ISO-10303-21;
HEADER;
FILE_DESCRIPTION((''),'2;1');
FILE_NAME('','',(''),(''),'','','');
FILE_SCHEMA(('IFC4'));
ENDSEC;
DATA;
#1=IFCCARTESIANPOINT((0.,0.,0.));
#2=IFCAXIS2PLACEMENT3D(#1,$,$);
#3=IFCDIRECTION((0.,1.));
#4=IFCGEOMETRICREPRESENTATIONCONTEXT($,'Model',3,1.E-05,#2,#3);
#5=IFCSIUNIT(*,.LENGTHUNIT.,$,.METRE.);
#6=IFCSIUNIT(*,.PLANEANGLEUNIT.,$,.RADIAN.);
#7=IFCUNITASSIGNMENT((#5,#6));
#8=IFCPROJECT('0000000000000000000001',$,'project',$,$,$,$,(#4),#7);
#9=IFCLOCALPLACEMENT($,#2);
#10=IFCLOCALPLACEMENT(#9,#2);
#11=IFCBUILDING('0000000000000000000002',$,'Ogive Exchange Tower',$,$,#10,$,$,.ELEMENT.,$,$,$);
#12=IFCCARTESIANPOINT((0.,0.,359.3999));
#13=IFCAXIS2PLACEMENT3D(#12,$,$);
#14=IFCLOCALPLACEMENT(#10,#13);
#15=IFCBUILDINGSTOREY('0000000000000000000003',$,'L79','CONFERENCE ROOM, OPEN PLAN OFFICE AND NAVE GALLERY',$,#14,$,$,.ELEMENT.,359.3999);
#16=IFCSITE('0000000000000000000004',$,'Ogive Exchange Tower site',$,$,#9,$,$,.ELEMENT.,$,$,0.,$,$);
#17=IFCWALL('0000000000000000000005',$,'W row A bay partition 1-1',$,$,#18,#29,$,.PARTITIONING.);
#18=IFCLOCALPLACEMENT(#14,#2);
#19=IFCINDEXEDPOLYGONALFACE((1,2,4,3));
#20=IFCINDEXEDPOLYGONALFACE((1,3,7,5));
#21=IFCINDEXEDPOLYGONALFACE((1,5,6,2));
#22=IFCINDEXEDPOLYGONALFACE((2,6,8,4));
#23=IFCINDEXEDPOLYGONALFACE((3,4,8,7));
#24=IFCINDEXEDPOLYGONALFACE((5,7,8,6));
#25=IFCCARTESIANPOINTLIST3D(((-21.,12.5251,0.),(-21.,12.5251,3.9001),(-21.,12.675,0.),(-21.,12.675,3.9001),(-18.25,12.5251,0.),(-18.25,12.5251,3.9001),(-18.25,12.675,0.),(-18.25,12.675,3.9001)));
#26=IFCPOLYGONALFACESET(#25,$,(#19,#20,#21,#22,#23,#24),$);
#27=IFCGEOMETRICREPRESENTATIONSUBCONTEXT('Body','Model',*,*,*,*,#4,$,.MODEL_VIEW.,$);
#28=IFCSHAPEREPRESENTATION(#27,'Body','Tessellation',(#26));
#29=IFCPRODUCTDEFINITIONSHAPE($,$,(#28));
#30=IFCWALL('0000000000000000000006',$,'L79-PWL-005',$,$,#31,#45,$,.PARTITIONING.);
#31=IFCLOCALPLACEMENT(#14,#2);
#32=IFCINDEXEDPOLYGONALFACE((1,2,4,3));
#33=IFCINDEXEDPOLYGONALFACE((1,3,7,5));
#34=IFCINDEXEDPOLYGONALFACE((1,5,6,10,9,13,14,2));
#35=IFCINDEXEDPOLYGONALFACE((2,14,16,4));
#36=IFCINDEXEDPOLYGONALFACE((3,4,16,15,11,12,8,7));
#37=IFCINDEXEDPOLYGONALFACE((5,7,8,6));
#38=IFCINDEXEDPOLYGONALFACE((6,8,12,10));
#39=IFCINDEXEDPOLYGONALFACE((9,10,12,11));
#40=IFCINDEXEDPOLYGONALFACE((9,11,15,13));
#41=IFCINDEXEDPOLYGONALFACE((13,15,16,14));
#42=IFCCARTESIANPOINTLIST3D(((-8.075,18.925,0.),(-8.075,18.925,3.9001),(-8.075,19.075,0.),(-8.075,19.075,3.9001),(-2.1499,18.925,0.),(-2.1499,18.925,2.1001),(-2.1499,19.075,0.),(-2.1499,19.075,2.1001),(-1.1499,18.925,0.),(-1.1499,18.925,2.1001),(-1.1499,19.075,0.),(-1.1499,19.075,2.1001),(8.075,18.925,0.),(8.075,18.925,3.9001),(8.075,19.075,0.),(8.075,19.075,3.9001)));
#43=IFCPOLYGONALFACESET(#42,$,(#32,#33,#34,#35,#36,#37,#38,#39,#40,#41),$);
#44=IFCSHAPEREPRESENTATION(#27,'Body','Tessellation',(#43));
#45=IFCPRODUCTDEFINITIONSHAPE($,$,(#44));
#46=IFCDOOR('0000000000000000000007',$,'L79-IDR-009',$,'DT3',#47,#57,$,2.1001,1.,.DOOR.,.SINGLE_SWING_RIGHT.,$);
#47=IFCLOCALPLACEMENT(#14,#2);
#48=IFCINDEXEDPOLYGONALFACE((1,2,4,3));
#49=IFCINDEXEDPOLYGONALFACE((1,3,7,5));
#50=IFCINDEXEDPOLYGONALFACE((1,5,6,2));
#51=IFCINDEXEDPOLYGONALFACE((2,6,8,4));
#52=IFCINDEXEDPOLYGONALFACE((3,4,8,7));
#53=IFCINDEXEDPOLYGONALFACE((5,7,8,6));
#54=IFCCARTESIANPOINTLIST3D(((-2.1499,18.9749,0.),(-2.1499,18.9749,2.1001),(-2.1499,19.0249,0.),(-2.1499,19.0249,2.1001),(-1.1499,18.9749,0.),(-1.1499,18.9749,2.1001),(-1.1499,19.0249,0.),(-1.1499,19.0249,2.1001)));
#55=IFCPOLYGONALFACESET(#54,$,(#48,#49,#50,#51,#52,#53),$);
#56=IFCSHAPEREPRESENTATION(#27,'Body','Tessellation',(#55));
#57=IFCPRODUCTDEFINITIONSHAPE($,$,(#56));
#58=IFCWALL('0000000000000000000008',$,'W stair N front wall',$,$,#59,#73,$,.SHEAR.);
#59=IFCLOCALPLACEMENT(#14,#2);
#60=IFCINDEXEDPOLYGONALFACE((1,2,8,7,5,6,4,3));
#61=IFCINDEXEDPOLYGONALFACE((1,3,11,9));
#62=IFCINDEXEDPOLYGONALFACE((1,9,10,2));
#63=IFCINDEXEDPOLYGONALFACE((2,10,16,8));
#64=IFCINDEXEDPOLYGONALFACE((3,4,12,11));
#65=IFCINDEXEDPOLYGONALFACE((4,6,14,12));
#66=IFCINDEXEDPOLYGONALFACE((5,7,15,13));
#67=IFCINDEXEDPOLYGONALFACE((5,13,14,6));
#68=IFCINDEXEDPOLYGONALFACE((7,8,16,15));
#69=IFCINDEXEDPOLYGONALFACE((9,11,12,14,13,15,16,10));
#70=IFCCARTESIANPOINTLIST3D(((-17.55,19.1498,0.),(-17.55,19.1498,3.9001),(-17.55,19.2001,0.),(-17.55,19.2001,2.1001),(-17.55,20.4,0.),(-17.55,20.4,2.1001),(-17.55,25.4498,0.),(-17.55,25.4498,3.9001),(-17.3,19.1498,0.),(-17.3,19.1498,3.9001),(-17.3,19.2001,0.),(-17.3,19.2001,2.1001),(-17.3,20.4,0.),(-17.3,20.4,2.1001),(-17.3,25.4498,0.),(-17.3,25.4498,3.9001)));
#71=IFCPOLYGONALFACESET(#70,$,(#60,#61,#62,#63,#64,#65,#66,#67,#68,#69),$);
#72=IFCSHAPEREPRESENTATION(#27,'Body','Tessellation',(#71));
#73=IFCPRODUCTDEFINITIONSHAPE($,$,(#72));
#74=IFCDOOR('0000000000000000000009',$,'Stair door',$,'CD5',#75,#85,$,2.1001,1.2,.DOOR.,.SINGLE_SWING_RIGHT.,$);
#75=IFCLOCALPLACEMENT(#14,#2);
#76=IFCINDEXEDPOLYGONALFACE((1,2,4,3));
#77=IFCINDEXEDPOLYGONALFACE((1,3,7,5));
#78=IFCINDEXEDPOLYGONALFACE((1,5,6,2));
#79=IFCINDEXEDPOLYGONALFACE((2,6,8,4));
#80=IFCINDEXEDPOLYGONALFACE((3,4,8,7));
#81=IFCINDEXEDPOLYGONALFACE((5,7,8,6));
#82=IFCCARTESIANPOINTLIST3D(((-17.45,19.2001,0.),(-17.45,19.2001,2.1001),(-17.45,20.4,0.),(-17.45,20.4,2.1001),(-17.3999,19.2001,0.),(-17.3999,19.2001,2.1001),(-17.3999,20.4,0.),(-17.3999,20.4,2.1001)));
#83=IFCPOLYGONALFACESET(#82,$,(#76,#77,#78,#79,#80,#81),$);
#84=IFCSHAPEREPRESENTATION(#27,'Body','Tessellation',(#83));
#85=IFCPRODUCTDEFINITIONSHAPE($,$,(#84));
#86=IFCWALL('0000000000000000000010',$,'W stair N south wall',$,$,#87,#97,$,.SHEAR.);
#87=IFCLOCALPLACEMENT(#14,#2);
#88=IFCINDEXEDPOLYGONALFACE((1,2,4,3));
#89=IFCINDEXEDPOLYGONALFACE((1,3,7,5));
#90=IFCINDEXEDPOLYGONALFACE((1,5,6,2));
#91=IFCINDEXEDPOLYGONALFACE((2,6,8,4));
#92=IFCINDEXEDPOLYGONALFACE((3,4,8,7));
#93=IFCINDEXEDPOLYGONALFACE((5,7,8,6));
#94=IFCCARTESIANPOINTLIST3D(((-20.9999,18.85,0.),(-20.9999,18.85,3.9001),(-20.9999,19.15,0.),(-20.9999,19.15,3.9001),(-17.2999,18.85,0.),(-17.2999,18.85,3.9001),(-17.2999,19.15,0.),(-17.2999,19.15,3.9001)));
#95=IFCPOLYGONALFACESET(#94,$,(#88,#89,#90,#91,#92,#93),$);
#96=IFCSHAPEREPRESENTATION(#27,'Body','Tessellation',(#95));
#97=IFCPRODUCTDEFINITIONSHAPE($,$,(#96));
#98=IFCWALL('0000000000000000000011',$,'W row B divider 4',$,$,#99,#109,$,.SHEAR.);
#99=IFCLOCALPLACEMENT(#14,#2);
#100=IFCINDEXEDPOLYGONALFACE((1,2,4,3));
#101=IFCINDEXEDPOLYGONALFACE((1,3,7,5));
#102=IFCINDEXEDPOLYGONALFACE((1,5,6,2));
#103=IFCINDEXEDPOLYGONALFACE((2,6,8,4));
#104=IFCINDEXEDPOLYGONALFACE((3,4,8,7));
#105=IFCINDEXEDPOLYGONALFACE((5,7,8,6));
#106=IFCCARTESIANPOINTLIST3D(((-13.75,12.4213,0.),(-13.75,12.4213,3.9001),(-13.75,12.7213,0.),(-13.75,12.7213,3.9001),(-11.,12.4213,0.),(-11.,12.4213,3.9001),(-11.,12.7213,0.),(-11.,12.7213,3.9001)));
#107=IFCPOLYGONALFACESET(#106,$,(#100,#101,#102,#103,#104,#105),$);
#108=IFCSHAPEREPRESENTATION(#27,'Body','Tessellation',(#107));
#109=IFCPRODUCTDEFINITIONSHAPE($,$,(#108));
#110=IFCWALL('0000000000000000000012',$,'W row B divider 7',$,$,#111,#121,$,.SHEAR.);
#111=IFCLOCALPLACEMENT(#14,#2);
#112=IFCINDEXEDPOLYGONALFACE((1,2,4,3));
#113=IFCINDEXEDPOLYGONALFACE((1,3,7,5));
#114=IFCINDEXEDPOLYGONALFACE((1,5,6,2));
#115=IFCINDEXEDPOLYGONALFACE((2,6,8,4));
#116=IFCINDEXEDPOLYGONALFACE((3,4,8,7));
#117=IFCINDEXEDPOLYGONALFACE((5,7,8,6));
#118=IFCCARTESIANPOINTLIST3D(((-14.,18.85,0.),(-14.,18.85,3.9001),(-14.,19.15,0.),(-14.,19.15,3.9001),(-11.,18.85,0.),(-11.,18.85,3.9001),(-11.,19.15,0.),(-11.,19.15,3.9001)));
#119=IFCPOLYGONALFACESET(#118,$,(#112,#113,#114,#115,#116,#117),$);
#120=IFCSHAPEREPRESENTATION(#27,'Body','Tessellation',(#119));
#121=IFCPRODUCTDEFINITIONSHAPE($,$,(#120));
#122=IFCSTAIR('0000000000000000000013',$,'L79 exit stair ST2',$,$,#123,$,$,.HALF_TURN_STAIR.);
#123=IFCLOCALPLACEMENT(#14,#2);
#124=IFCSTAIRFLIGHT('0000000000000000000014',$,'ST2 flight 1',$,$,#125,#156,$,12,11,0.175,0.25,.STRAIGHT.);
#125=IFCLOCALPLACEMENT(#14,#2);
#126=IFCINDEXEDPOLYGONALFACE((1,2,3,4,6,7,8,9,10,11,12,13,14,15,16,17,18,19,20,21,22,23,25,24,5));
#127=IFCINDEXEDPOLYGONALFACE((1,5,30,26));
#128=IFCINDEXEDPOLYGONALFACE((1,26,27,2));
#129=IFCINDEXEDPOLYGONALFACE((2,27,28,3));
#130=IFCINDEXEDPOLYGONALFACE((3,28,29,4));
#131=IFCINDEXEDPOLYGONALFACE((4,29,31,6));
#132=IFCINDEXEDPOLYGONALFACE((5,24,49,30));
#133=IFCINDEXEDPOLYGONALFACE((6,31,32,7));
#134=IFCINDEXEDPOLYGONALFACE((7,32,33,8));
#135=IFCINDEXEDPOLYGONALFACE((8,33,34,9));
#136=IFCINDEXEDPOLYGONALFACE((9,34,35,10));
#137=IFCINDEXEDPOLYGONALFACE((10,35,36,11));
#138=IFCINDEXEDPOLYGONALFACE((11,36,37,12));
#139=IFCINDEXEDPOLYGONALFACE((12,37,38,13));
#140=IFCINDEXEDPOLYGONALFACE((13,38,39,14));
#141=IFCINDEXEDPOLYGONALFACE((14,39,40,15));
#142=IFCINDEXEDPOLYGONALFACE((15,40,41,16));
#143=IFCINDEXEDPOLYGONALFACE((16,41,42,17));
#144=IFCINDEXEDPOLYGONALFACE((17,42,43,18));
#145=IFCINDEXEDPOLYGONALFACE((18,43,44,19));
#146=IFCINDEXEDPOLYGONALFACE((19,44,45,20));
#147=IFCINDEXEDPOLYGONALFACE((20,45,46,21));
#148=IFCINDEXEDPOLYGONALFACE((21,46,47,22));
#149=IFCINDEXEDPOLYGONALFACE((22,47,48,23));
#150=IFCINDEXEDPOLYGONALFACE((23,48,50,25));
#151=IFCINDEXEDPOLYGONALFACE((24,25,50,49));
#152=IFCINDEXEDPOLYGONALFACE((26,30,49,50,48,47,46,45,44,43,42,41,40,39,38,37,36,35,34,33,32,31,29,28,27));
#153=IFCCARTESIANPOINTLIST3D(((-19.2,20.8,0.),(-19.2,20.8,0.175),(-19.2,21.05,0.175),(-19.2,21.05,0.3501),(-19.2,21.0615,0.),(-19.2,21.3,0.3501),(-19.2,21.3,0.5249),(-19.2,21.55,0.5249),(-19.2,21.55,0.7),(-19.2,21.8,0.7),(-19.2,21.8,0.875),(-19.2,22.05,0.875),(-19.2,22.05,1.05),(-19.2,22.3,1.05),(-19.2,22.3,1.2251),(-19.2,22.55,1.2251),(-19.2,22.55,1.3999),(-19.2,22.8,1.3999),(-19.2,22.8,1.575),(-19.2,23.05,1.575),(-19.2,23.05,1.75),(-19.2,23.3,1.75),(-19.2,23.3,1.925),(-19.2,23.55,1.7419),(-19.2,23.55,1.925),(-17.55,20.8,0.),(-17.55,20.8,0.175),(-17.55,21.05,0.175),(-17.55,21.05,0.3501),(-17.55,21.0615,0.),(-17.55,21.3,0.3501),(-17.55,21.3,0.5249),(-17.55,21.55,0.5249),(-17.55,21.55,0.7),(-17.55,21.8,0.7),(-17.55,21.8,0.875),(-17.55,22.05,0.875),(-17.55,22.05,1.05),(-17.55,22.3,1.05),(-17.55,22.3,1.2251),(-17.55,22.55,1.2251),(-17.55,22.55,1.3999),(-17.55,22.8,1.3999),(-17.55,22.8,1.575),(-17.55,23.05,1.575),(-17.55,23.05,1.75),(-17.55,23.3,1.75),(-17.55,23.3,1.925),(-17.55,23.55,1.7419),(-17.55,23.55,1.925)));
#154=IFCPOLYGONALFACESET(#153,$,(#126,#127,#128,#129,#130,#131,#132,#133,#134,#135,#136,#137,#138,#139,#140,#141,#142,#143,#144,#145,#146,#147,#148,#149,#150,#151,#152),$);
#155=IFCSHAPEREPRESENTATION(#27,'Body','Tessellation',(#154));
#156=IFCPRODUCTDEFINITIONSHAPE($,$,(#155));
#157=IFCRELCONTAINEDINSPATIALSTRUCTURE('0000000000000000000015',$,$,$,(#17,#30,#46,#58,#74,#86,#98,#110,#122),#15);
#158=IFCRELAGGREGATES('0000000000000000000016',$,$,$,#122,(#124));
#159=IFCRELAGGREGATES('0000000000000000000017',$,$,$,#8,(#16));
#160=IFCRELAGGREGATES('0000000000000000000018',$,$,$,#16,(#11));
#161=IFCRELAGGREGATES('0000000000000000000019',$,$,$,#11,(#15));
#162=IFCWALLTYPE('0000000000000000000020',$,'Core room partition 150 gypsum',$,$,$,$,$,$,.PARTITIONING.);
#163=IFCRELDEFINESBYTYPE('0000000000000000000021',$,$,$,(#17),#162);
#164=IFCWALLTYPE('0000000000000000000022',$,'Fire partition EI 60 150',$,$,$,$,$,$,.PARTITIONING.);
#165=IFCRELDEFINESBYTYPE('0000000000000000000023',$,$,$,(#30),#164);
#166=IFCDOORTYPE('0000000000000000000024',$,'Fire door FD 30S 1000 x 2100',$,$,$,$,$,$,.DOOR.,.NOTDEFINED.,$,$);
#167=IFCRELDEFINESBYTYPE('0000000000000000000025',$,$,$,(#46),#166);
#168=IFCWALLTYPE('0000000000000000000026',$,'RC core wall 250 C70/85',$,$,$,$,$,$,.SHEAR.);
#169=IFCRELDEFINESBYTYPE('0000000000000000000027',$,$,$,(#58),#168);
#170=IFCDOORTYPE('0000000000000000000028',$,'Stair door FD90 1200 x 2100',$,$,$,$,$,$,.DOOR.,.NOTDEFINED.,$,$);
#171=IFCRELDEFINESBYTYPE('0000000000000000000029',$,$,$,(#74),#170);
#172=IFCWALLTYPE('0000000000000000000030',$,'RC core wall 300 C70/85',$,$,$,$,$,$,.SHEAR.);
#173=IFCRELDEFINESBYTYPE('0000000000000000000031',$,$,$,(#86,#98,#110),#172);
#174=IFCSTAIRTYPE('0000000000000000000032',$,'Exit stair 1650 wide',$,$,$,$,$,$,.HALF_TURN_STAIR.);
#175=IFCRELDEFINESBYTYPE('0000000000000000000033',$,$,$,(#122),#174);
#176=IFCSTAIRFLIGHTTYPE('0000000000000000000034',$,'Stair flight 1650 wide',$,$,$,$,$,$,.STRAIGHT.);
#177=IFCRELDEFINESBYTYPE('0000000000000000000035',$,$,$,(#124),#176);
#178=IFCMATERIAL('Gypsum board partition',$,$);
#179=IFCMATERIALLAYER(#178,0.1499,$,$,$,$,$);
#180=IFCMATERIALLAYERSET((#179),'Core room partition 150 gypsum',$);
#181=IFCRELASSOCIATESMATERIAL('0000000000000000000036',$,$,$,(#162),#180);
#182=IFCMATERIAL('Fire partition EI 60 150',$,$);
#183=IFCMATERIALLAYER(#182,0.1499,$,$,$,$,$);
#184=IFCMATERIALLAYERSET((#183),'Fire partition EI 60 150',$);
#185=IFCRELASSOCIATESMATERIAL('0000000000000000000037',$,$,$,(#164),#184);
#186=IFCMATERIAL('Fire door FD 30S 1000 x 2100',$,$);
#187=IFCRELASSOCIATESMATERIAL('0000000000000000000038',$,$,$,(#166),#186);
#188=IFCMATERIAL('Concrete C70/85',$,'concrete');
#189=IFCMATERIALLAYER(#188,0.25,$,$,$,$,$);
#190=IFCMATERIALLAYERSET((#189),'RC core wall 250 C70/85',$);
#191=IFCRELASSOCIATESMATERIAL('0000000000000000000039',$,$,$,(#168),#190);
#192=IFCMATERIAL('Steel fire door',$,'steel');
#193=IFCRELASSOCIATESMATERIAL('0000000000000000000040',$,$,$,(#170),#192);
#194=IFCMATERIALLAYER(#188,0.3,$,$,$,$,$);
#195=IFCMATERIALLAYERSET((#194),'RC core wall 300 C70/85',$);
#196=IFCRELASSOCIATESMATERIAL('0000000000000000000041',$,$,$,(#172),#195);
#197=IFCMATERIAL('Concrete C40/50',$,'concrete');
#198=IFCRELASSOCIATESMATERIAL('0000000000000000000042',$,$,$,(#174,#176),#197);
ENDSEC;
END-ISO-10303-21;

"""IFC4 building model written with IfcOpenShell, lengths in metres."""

from ifc_helpers import new_model, si_unit, direction, frame, frame_2d, origin, place, context, subcontext, project, spatial, polyline, rectangle, outline, extrude, material, layer, layer_set, type_object, element, fill, aggregate, save


model = new_model("IFC4")

# Units and contexts
model_context = context("Model", 3, precision=1e-05, world=origin(), true_north=direction((0.0, 1.0)))
body_context = subcontext(model_context, "Body", "Model", "MODEL_VIEW")
ifc_project = project(units=[si_unit("LENGTHUNIT", "METRE"), si_unit("PLANEANGLEUNIT", "RADIAN")], contexts=[model_context])

# Site, building, storey
site_placement = place(None, origin())
site = spatial("IfcSite", under=ifc_project, at=site_placement, Name="Ogive Exchange Tower site", CompositionType="ELEMENT", RefElevation=0.0)
building_placement = place(site_placement, origin())
building = spatial("IfcBuilding", under=site, at=building_placement, Name="Ogive Exchange Tower", CompositionType="ELEMENT")
storey_placement = place(building_placement, frame((0.0, 0.0, 359.3999)))
storey = spatial("IfcBuildingStorey", under=building, at=storey_placement, Name="L79", Description="CONFERENCE ROOM, OPEN PLAN OFFICE AND NAVE GALLERY", CompositionType="ELEMENT", Elevation=359.3999)

# Wall
ifc_material_1 = material(Name="Gypsum board partition")
ifc_layer_1 = layer(ifc_material_1, 0.1499)
ifc_layer_set_1 = layer_set([ifc_layer_1], Name="Core room partition 150 gypsum")
wall_type_1 = type_object("IfcWallType", Name="Core room partition 150 gypsum", PredefinedType="PARTITIONING", material=ifc_layer_set_1)
wall_1_placement = place(storey_placement, frame((-21.0, 12.6001, 0.0), z_axis=(0.0, 0.0, 1.0), x_axis=(1.0, 0.0, 0.0)))
element("IfcWall", 1, at=wall_1_placement, inside=storey, type_object=wall_type_1, Name="W row A bay partition 1-1", PredefinedType="PARTITIONING", context=body_context, shape_type="SweptSolid", body=[
    extrude(rectangle(XDim=2.75, YDim=0.1499, at=frame_2d((1.375, 0.0))), origin(), (0.0, 0.0, 1.0), 3.9001),
])

# Walls, openings, doors
ifc_material_2 = material(Name="Fire partition EI 60 150")
ifc_layer_2 = layer(ifc_material_2, 0.1499)
ifc_layer_set_2 = layer_set([ifc_layer_2], Name="Fire partition EI 60 150")
wall_type_2 = type_object("IfcWallType", Name="Fire partition EI 60 150", PredefinedType="PARTITIONING", material=ifc_layer_set_2)
wall_2_placement = place(storey_placement, frame((-8.075, 19.0, 0.0), z_axis=(0.0, 0.0, 1.0), x_axis=(1.0, 0.0, 0.0)))
wall_2 = element("IfcWall", 2, at=wall_2_placement, inside=storey, type_object=wall_type_2, Name="L79-PWL-005", PredefinedType="PARTITIONING", context=body_context, shape_type="SweptSolid", body=[
    extrude(rectangle(XDim=16.1499, YDim=0.1499, at=frame_2d((8.075, 0.0))), origin(), (0.0, 0.0, 1.0), 3.9001),
])
opening_1_placement = place(wall_2_placement, frame((5.925, 0.0, 0.0)))
opening_1 = element("IfcOpeningElement", 3, at=opening_1_placement, cuts=wall_2, PredefinedType="OPENING", context=body_context, shape_type="SweptSolid", body=[
    extrude(rectangle(XDim=1.0, YDim=2.1001, at=frame_2d((0.5, 1.05))), frame((0.0, 0.085, 0.0), z_axis=(0.0, -1.0, 0.0), x_axis=(1.0, 0.0, 0.0)), (0.0, 0.0, 1.0), 0.1699),
])
ifc_material_3 = material(Name="Fire door FD 30S 1000 x 2100")
door_type_1 = type_object("IfcDoorType", Name="Fire door FD 30S 1000 x 2100", OperationType="NOTDEFINED", PredefinedType="DOOR", material=ifc_material_3)
door_1_placement = place(opening_1_placement, origin())
door_1 = element("IfcDoor", 4, at=door_1_placement, inside=storey, type_object=door_type_1, Name="L79-IDR-009", ObjectType="DT3", OperationType="SINGLE_SWING_RIGHT", OverallHeight=2.1001, OverallWidth=1.0, PredefinedType="DOOR", context=body_context, shape_type="SweptSolid", body=[
    extrude(rectangle(XDim=1.0, YDim=2.1001, at=frame_2d((0.5, 1.05))), frame((0.0, 0.0249, 0.0), z_axis=(0.0, -1.0, 0.0), x_axis=(1.0, 0.0, 0.0)), (0.0, 0.0, 1.0), 0.05),
])
fill(opening_1, door_1)
ifc_material_4 = material(Name="Concrete C70/85", Category="concrete")
ifc_layer_3 = layer(ifc_material_4, 0.25)
ifc_layer_set_3 = layer_set([ifc_layer_3], Name="RC core wall 250 C70/85")
wall_type_3 = type_object("IfcWallType", Name="RC core wall 250 C70/85", PredefinedType="SHEAR", material=ifc_layer_set_3)
wall_3_placement = place(storey_placement, frame((-17.425, 19.1499, 0.0), z_axis=(0.0, 0.0, 1.0), x_axis=(0.0, 1.0, 0.0)))
wall_3 = element("IfcWall", 5, at=wall_3_placement, inside=storey, type_object=wall_type_3, Name="W stair N front wall", PredefinedType="SHEAR", context=body_context, shape_type="SweptSolid", body=[
    extrude(rectangle(XDim=6.3, YDim=0.25, at=frame_2d((3.1499, 0.0))), origin(), (0.0, 0.0, 1.0), 3.9001),
])
opening_2_placement = place(wall_3_placement, frame((0.05, 0.0, 0.0)))
opening_2 = element("IfcOpeningElement", 6, at=opening_2_placement, cuts=wall_3, PredefinedType="OPENING", context=body_context, shape_type="SweptSolid", body=[
    extrude(rectangle(XDim=1.2, YDim=2.1001, at=frame_2d((0.6001, 1.05))), frame((0.0, 0.135, 0.0), z_axis=(0.0, -1.0, 0.0), x_axis=(1.0, 0.0, 0.0)), (0.0, 0.0, 1.0), 0.27),
])
ifc_material_5 = material(Name="Steel fire door", Category="steel")
door_type_2 = type_object("IfcDoorType", Name="Stair door FD90 1200 x 2100", OperationType="NOTDEFINED", PredefinedType="DOOR", material=ifc_material_5)
door_2_placement = place(opening_2_placement, origin())
door_2 = element("IfcDoor", 7, at=door_2_placement, inside=storey, type_object=door_type_2, Name="Stair door", ObjectType="CD5", OperationType="SINGLE_SWING_RIGHT", OverallHeight=2.1001, OverallWidth=1.2, PredefinedType="DOOR", context=body_context, shape_type="SweptSolid", body=[
    extrude(rectangle(XDim=1.2, YDim=2.1001, at=frame_2d((0.6001, 1.05))), frame((0.0, 0.0249, 0.0), z_axis=(0.0, -1.0, 0.0), x_axis=(1.0, 0.0, 0.0)), (0.0, 0.0, 1.0), 0.05),
])
fill(opening_2, door_2)

# Walls
ifc_layer_4 = layer(ifc_material_4, 0.3)
ifc_layer_set_4 = layer_set([ifc_layer_4], Name="RC core wall 300 C70/85")
wall_type_4 = type_object("IfcWallType", Name="RC core wall 300 C70/85", PredefinedType="SHEAR", material=ifc_layer_set_4)
wall_4_placement = place(storey_placement, frame((-21.0, 19.0, 0.0), z_axis=(0.0, 0.0, 1.0), x_axis=(1.0, 0.0, 0.0)))
element("IfcWall", 8, at=wall_4_placement, inside=storey, type_object=wall_type_4, Name="W stair N south wall", PredefinedType="SHEAR", context=body_context, shape_type="SweptSolid", body=[
    extrude(rectangle(XDim=3.7, YDim=0.3, at=frame_2d((1.8501, 0.0))), origin(), (0.0, 0.0, 1.0), 3.9001),
])
wall_5_placement = place(storey_placement, frame((-13.75, 12.5713, 0.0), z_axis=(0.0, 0.0, 1.0), x_axis=(1.0, 0.0, 0.0)))
element("IfcWall", 9, at=wall_5_placement, inside=storey, type_object=wall_type_4, Name="W row B divider 4", PredefinedType="SHEAR", context=body_context, shape_type="SweptSolid", body=[
    extrude(rectangle(XDim=2.75, YDim=0.3, at=frame_2d((1.375, 0.0))), origin(), (0.0, 0.0, 1.0), 3.9001),
])
wall_6_placement = place(storey_placement, frame((-14.0, 19.0, 0.0), z_axis=(0.0, 0.0, 1.0), x_axis=(1.0, 0.0, 0.0)))
element("IfcWall", 10, at=wall_6_placement, inside=storey, type_object=wall_type_4, Name="W row B divider 7", PredefinedType="SHEAR", context=body_context, shape_type="SweptSolid", body=[
    extrude(rectangle(XDim=3.0, YDim=0.3, at=frame_2d((1.5, 0.0))), origin(), (0.0, 0.0, 1.0), 3.9001),
])

# Stair, stair flight
ifc_material_6 = material(Name="Concrete C40/50", Category="concrete")
stair_type = type_object("IfcStairType", Name="Exit stair 1650 wide", PredefinedType="HALF_TURN_STAIR", material=ifc_material_6)
stair_placement = place(storey_placement, origin())
stair = element("IfcStair", 11, at=stair_placement, inside=storey, type_object=stair_type, Name="L79 exit stair ST2", PredefinedType="HALF_TURN_STAIR")
stair_flight_type = type_object("IfcStairFlightType", Name="Stair flight 1650 wide", PredefinedType="STRAIGHT", material=ifc_material_6)
stair_flight_placement = place(storey_placement, frame((-18.375, 20.8, 0.0), z_axis=(0.0, 0.0, 1.0), x_axis=(0.0, 1.0, 0.0)))
stair_flight = element("IfcStairFlight", 12, at=stair_flight_placement, type_object=stair_flight_type, Name="ST2 flight 1", NumberOfRisers=12, NumberOfTreads=11, PredefinedType="STRAIGHT", RiserHeight=0.175, TreadLength=0.25, context=body_context, shape_type="SweptSolid", body=[
    extrude(outline(polyline([(0.0, 0.0), (0.0, 0.175), (0.25, 0.175), (0.25, 0.3501), (0.5, 0.3501), (0.5, 0.5249), (0.75, 0.5249), (0.75, 0.7), (1.0, 0.7), (1.0, 0.875), (1.25, 0.875), (1.25, 1.05), (1.5, 1.05), (1.5, 1.2251), (1.75, 1.2251), (1.75, 1.3999), (2.0, 1.3999), (2.0, 1.575), (2.25, 1.575), (2.25, 1.75), (2.5, 1.75), (2.5, 1.925), (2.75, 1.925), (2.75, 2.1001), (2.75, 1.7419), (0.2615, 0.0), (0.0, 0.0)])), frame((0.0, 0.825, 0.0), z_axis=(0.0, -1.0, 0.0), x_axis=(1.0, 0.0, 0.0)), (0.0, 0.0, 1.0), 1.6499),
])
aggregate(stair, [stair_flight])

save(model, "model.ifc")
